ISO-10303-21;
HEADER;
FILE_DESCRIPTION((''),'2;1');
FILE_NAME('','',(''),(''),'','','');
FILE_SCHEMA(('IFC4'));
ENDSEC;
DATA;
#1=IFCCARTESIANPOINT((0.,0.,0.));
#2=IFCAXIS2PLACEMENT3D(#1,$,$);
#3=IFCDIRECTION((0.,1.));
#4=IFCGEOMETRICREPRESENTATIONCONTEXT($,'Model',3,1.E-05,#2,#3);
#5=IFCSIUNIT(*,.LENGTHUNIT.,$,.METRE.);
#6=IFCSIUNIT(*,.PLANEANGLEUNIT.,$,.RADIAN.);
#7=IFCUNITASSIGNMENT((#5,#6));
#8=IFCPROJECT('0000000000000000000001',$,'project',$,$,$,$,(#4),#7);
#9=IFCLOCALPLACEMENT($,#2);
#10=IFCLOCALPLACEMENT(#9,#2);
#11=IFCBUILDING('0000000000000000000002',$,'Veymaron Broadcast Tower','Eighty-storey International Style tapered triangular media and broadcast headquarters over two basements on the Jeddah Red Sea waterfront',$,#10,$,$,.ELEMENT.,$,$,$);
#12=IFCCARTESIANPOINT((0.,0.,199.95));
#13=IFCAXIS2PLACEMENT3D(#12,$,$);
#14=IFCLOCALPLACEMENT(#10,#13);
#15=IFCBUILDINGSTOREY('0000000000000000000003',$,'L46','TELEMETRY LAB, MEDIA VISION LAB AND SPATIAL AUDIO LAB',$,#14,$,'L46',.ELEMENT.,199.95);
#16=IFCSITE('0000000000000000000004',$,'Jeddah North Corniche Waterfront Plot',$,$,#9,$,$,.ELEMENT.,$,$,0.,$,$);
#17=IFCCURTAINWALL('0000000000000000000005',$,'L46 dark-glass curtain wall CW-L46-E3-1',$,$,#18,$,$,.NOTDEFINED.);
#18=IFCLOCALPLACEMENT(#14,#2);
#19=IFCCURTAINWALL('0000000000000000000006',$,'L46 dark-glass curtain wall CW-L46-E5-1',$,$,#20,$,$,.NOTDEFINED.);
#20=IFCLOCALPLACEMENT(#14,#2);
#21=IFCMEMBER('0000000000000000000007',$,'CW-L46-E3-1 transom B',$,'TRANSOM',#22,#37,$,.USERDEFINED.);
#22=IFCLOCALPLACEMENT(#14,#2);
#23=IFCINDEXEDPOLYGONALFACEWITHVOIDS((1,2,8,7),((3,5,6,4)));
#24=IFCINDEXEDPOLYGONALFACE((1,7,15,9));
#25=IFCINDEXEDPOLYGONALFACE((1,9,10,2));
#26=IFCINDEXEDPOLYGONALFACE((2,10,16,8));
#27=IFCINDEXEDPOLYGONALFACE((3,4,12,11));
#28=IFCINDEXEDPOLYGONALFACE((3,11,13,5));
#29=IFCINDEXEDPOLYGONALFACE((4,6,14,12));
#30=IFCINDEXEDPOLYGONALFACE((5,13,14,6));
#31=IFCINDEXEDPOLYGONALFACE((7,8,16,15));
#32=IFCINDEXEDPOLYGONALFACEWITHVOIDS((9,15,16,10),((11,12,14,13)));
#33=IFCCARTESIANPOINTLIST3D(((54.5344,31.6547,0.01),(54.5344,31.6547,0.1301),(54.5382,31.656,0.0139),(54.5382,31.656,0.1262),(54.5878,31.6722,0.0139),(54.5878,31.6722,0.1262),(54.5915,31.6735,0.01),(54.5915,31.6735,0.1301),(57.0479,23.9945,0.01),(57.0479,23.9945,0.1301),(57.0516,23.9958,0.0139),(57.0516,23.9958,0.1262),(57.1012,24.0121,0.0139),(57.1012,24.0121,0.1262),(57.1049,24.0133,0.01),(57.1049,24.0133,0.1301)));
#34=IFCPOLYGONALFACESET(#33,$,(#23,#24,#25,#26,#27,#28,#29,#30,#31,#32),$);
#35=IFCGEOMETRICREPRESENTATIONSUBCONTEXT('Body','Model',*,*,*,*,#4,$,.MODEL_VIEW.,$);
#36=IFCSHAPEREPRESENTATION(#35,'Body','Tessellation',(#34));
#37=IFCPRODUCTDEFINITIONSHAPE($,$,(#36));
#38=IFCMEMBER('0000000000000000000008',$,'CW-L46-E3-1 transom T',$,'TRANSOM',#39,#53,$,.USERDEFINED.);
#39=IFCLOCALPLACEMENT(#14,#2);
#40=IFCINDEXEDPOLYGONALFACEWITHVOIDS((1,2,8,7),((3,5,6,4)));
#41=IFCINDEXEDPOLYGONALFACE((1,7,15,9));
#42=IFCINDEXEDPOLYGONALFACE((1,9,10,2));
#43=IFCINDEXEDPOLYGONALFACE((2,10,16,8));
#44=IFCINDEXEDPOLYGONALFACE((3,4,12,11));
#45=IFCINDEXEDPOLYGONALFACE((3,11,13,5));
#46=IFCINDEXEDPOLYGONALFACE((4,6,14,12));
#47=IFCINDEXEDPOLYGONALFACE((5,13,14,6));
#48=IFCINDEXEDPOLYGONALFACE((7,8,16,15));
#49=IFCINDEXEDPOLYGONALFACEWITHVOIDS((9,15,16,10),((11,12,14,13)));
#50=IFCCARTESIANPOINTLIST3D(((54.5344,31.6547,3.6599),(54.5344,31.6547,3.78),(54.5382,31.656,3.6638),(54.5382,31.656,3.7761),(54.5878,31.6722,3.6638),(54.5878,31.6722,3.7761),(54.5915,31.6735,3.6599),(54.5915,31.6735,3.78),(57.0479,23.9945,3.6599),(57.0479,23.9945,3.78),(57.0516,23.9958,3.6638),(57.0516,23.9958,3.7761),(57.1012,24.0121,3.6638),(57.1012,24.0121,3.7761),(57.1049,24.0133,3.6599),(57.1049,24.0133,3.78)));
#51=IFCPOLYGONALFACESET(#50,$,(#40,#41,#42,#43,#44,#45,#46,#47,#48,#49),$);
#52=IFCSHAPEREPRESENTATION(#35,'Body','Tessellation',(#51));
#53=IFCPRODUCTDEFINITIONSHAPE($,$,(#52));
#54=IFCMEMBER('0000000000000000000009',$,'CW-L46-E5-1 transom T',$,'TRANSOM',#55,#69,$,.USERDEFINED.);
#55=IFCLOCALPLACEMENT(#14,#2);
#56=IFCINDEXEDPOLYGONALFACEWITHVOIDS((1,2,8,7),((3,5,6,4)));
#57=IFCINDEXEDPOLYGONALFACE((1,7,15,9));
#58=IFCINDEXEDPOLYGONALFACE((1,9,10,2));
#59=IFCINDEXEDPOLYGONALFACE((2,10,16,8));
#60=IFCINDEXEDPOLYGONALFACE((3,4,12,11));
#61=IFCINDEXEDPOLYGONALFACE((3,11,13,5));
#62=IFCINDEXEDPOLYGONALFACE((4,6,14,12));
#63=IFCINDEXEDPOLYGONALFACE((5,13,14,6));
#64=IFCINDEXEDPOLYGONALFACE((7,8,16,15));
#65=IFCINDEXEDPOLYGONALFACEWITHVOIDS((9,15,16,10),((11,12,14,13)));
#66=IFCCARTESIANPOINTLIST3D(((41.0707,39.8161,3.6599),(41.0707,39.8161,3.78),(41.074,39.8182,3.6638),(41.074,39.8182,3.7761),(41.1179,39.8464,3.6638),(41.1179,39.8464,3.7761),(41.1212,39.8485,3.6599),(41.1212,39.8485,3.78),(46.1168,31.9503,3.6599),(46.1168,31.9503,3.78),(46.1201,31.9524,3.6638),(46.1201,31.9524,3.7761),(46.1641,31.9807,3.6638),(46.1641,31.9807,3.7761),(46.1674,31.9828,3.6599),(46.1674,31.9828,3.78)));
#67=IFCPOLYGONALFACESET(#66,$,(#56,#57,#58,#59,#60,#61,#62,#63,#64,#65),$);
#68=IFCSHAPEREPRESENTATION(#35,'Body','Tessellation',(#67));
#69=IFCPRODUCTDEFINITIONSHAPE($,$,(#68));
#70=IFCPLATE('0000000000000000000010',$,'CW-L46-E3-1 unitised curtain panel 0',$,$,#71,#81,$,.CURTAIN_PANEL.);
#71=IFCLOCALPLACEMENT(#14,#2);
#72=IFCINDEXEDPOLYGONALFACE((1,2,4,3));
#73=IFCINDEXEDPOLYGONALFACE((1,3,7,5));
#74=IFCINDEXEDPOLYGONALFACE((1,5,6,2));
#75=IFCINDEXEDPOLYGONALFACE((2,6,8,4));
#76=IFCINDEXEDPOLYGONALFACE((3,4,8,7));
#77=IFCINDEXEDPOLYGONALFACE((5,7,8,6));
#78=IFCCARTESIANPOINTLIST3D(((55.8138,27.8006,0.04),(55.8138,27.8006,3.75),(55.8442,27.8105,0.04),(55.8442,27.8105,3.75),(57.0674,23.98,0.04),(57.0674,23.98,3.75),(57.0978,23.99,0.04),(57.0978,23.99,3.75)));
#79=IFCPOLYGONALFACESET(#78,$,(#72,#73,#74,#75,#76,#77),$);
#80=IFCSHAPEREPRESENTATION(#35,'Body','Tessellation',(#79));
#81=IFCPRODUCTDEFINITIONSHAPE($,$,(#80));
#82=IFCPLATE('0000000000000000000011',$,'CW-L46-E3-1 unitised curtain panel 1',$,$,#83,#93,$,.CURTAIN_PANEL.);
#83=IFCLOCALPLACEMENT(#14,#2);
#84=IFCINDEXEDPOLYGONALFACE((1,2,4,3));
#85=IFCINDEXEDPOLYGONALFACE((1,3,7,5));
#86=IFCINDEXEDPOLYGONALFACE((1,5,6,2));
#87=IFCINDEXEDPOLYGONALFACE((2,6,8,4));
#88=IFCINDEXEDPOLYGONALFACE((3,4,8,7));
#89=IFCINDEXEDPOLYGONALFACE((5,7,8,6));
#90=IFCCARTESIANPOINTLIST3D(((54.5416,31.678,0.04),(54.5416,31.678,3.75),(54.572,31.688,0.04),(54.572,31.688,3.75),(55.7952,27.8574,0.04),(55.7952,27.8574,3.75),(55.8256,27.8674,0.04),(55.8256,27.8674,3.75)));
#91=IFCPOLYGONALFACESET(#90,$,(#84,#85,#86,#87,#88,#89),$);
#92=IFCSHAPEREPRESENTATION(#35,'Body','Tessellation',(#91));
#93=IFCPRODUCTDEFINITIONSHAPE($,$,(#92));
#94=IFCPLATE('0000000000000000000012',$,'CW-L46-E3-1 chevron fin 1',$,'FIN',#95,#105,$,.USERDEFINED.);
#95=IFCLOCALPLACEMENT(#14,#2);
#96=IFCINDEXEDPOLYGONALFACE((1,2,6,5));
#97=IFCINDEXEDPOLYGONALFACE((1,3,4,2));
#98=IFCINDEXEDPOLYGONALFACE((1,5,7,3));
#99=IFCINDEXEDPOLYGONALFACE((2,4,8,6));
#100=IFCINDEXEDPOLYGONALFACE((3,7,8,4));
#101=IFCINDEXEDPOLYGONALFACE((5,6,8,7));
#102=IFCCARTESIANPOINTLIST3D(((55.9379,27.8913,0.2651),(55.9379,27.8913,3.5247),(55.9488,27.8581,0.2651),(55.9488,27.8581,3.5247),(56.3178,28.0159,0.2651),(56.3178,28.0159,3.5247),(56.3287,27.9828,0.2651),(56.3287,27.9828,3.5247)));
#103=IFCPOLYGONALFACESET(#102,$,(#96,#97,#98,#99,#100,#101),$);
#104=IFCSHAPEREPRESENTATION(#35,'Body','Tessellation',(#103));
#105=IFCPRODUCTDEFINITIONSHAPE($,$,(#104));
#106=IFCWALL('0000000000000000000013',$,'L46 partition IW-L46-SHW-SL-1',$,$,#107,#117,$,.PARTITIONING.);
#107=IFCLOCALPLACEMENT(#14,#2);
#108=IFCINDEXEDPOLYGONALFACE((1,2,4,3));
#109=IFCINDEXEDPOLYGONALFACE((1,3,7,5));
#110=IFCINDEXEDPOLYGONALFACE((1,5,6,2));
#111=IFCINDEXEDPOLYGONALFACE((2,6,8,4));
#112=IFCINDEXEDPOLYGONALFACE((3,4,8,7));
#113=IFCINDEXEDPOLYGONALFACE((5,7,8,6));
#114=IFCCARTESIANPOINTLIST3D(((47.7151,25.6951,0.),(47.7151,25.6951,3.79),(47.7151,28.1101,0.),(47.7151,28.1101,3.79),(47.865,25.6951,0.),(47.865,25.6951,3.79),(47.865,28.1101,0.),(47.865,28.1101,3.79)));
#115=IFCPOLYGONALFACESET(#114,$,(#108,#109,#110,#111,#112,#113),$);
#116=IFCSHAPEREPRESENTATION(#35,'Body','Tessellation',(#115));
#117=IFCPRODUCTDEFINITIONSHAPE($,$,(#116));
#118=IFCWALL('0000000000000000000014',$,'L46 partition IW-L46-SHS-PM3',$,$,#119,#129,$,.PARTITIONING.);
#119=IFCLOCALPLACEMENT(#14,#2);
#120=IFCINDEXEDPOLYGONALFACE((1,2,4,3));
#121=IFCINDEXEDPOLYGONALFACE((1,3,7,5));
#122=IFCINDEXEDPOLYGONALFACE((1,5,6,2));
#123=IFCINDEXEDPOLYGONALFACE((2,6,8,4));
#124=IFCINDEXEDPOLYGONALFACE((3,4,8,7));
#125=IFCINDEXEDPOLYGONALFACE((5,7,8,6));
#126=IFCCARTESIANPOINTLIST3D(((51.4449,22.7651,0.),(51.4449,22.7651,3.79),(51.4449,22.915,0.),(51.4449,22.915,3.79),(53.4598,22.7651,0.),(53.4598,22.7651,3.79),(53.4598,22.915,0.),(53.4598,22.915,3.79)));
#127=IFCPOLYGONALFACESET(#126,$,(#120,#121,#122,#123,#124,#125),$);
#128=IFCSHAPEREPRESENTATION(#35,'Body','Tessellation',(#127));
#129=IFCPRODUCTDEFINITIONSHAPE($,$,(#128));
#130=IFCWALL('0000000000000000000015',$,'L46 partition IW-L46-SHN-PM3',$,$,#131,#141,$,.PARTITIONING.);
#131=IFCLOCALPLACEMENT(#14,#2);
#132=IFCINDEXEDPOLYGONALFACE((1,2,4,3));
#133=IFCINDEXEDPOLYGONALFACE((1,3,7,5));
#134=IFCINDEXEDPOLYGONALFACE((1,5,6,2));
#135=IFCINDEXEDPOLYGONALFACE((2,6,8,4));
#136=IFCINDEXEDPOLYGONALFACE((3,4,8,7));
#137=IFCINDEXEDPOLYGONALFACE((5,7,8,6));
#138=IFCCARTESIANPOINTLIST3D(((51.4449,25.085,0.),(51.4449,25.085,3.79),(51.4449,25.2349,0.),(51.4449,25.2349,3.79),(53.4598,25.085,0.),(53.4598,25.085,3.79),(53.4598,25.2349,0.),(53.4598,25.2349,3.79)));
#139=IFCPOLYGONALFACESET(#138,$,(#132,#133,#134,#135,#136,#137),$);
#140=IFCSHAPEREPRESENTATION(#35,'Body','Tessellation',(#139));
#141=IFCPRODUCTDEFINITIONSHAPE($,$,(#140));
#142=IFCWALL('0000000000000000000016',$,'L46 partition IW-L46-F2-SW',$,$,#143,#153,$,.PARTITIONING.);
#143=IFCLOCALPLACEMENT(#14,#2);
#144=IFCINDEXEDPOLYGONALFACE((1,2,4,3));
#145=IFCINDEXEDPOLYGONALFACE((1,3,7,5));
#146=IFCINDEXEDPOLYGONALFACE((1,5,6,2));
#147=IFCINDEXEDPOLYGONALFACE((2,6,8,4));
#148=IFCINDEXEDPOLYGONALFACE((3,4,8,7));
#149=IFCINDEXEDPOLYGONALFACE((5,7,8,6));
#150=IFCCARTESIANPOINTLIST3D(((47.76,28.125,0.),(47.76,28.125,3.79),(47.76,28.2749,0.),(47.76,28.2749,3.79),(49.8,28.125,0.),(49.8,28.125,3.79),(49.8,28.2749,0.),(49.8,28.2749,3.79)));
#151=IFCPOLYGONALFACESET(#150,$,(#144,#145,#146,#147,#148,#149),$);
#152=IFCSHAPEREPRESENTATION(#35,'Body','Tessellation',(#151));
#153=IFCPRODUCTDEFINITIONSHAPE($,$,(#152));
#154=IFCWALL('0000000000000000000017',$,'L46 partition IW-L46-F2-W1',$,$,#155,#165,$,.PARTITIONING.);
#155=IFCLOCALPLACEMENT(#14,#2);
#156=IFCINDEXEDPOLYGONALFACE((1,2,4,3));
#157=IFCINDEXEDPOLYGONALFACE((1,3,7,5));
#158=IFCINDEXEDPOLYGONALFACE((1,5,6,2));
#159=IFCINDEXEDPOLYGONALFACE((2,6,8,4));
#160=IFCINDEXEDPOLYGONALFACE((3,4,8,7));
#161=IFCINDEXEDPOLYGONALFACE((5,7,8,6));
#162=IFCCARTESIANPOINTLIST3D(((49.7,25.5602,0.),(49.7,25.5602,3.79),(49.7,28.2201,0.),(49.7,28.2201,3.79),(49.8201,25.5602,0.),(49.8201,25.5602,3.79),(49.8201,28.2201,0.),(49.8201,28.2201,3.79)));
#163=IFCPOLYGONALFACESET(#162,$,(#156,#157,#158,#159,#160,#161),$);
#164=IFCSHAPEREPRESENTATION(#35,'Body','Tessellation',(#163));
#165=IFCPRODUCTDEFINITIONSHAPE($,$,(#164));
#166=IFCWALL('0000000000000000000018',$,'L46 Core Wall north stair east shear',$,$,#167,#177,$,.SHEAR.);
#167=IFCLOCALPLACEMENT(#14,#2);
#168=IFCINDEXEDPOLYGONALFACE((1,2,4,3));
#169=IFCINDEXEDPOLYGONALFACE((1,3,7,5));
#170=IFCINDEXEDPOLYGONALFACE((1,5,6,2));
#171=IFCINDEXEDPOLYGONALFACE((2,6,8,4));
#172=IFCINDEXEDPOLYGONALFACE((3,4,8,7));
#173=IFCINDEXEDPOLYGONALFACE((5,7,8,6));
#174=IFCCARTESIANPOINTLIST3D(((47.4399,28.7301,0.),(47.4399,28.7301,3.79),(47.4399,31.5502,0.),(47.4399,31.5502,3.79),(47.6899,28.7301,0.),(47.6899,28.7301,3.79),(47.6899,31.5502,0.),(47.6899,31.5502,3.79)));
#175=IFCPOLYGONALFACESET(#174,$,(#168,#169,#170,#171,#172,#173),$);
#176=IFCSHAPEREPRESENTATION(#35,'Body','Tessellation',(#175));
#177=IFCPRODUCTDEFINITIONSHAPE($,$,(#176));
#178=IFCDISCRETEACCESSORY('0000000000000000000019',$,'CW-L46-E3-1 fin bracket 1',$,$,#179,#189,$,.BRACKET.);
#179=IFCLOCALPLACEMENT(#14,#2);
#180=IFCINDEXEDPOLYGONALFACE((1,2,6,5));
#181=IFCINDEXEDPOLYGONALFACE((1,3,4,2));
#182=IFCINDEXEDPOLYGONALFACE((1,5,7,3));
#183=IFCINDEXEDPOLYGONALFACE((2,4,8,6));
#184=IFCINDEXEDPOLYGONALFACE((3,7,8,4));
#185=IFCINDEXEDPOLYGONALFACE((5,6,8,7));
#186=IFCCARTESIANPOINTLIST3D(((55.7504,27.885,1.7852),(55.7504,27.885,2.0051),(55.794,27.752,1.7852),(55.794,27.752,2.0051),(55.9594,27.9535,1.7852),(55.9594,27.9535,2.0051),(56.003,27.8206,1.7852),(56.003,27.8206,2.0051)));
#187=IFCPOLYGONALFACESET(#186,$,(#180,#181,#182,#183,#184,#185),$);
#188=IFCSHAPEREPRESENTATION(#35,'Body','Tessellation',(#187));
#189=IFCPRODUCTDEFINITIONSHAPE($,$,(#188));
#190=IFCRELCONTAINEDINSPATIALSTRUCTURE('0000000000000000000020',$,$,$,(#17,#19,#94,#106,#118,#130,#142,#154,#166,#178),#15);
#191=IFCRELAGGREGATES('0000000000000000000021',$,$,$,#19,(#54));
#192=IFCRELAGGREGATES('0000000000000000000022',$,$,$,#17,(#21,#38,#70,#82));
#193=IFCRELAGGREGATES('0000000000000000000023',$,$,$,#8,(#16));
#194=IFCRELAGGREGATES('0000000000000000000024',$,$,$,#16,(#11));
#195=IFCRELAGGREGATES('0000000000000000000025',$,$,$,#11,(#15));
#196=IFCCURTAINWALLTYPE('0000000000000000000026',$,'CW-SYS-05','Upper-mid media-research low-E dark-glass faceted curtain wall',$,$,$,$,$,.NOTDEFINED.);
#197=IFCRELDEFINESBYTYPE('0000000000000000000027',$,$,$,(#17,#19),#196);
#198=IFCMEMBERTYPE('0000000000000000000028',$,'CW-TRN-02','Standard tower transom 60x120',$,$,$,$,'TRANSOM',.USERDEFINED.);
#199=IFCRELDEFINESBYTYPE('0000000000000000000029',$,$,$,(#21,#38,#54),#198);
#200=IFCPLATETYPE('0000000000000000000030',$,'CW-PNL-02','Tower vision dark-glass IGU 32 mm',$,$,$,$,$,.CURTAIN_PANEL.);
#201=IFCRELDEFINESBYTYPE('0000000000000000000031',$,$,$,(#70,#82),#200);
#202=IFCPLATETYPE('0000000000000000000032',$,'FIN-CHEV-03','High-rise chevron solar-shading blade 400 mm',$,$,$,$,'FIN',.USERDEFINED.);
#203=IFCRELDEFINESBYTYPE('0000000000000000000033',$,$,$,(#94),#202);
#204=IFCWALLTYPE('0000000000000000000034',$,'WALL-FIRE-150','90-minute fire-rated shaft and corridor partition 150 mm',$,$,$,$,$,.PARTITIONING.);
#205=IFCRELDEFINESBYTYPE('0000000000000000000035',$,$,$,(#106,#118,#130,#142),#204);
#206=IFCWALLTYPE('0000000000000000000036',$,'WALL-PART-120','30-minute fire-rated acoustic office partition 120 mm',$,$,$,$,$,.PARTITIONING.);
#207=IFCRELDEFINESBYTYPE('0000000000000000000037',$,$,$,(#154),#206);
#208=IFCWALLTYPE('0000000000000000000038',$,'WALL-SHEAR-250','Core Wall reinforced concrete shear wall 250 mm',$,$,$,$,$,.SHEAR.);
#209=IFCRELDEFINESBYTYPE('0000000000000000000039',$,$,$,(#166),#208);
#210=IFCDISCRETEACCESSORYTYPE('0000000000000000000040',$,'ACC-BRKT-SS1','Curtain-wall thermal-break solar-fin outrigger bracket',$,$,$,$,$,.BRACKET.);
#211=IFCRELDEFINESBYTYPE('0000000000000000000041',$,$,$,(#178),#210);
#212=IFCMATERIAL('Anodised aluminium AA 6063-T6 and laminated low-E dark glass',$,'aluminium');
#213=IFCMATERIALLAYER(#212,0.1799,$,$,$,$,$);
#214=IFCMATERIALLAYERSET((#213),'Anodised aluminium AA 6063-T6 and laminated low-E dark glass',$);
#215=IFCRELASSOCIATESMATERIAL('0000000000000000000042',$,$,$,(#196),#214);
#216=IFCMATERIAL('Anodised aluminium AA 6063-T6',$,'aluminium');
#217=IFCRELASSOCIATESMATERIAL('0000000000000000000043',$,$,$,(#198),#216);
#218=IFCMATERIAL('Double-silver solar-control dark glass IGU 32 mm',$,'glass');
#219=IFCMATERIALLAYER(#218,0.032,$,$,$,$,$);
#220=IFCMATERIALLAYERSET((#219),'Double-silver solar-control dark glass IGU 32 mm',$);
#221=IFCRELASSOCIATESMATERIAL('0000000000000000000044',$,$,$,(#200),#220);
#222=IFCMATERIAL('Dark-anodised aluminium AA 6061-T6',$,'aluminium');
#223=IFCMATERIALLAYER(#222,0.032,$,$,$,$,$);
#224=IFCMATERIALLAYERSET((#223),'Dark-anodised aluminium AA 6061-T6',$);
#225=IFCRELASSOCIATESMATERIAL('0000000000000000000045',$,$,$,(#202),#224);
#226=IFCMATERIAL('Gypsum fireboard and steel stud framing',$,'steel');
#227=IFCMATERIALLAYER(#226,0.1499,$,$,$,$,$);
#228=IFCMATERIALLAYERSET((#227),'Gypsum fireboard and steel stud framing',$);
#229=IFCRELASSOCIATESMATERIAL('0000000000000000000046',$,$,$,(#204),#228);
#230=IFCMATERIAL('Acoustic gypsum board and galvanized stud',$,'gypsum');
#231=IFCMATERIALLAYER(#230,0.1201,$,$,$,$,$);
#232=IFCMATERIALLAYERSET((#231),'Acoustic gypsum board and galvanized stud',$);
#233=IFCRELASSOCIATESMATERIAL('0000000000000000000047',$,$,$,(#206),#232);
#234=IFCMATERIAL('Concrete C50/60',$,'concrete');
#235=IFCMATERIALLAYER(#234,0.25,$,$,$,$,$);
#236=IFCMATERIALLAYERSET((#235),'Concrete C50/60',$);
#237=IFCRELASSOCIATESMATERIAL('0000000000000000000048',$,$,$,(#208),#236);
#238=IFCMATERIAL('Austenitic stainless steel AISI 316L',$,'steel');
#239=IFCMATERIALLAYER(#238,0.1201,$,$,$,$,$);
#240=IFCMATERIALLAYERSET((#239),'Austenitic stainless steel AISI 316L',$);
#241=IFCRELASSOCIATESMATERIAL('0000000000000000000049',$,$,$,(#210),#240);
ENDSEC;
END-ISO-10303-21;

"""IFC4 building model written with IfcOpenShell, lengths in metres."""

from ifc_helpers import new_model, si_unit, direction, frame, frame_2d, origin, origin_2d, place, context, subcontext, project, spatial, rectangle, hollow_rectangle, extrude, material, layer, layer_set, material_profile, profile_set, type_object, element, aggregate, save


model = new_model("IFC4")

# Units and contexts
model_context = context("Model", 3, precision=1e-05, world=origin(), true_north=direction((0.0, 1.0)))
body_context = subcontext(model_context, "Body", "Model", "MODEL_VIEW")
ifc_project = project(units=[si_unit("LENGTHUNIT", "METRE"), si_unit("PLANEANGLEUNIT", "RADIAN")], contexts=[model_context])

# Site, building, storey
site_placement = place(None, origin())
site = spatial("IfcSite", under=ifc_project, at=site_placement, Name="Jeddah North Corniche Waterfront Plot", CompositionType="ELEMENT", RefElevation=0.0)
building_placement = place(site_placement, origin())
building = spatial("IfcBuilding", under=site, at=building_placement, Name="Veymaron Broadcast Tower", Description="Eighty-storey International Style tapered triangular media and broadcast headquarters over two basements on the Jeddah Red Sea waterfront", CompositionType="ELEMENT")
storey_placement = place(building_placement, frame((0.0, 0.0, 199.95)))
storey = spatial("IfcBuildingStorey", under=building, at=storey_placement, Name="L46", Description="TELEMETRY LAB, MEDIA VISION LAB AND SPATIAL AUDIO LAB", LongName="L46", CompositionType="ELEMENT", Elevation=199.95)

# Shared definitions
ifc_material_1 = material(Name="Anodised aluminium AA 6063-T6 and laminated low-E dark glass", Category="aluminium")
ifc_layer_1 = layer(ifc_material_1, 0.1799)
ifc_layer_set_1 = layer_set([ifc_layer_1], Name="Anodised aluminium AA 6063-T6 and laminated low-E dark glass")
curtain_wall_type = type_object("IfcCurtainWallType", Name="CW-SYS-05", Description="Upper-mid media-research low-E dark-glass faceted curtain wall", PredefinedType="NOTDEFINED", material=ifc_layer_set_1)
ifc_material_2 = material(Name="Anodised aluminium AA 6063-T6", Category="aluminium")

# Curtain wall
curtain_wall_1_placement = place(storey_placement, origin())
curtain_wall_1 = element("IfcCurtainWall", 1, at=curtain_wall_1_placement, inside=storey, type_object=curtain_wall_type, Name="L46 dark-glass curtain wall CW-L46-E3-1", PredefinedType="NOTDEFINED")

# Curtain wall
curtain_wall_2_placement = place(storey_placement, origin())
curtain_wall_2 = element("IfcCurtainWall", 2, at=curtain_wall_2_placement, inside=storey, type_object=curtain_wall_type, Name="L46 dark-glass curtain wall CW-L46-E5-1", PredefinedType="NOTDEFINED")

# Members
ifc_material_profile_1 = material_profile(ifc_material_2, hollow_rectangle(XDim=0.0601, YDim=0.1201, WallThickness=0.0039, at=origin_2d()), Name="AL120X60X4")
ifc_profile_set_1 = profile_set([ifc_material_profile_1], Name="Anodised aluminium AA 6063-T6")
member_type_1 = type_object("IfcMemberType", Name="CW-TRN-02", Description="Standard tower transom 60x120", ElementType="TRANSOM", PredefinedType="USERDEFINED", material=ifc_profile_set_1)
member_1_placement = place(storey_placement, frame((57.0764, 24.0039, 0.0701), z_axis=(-0.311764, 0.95016, 0.0), x_axis=(-0.95016, -0.311764, 0.0)))
member_1 = element("IfcMember", 3, at=member_1_placement, type_object=member_type_1, Name="CW-L46-E3-1 transom B", ObjectType="TRANSOM", PredefinedType="USERDEFINED", context=body_context, shape_type="SweptSolid", body=[
    extrude(hollow_rectangle(XDim=0.0601, YDim=0.1201, WallThickness=0.0039, at=origin_2d()), origin(), (0.0, 0.0, 1.0), 8.062),
])
member_2_placement = place(storey_placement, frame((57.0764, 24.0039, 3.72), z_axis=(-0.311764, 0.95016, 0.0), x_axis=(-0.95016, -0.311764, 0.0)))
member_2 = element("IfcMember", 4, at=member_2_placement, type_object=member_type_1, Name="CW-L46-E3-1 transom T", ObjectType="TRANSOM", PredefinedType="USERDEFINED", context=body_context, shape_type="SweptSolid", body=[
    extrude(hollow_rectangle(XDim=0.0601, YDim=0.1201, WallThickness=0.0039, at=origin_2d()), origin(), (0.0, 0.0, 1.0), 8.062),
])
member_3_placement = place(storey_placement, frame((46.1421, 31.9666, 3.72), z_axis=(-0.53997, 0.841684, 0.0), x_axis=(-0.841684, -0.53997, 0.0)))
member_3 = element("IfcMember", 5, at=member_3_placement, type_object=member_type_1, Name="CW-L46-E5-1 transom T", ObjectType="TRANSOM", PredefinedType="USERDEFINED", context=body_context, shape_type="SweptSolid", body=[
    extrude(hollow_rectangle(XDim=0.0601, YDim=0.1201, WallThickness=0.0039, at=origin_2d()), origin(), (0.0, 0.0, 1.0), 9.3452),
])
aggregate(curtain_wall_2, [member_3])

# Plates
ifc_material_3 = material(Name="Double-silver solar-control dark glass IGU 32 mm", Category="glass")
ifc_layer_2 = layer(ifc_material_3, 0.032)
ifc_layer_set_2 = layer_set([ifc_layer_2], Name="Double-silver solar-control dark glass IGU 32 mm")
plate_type_1 = type_object("IfcPlateType", Name="CW-PNL-02", Description="Tower vision dark-glass IGU 32 mm", PredefinedType="CURTAIN_PANEL", material=ifc_layer_set_2)
plate_1_placement = place(storey_placement, frame((56.4558, 25.8953, 0.04), z_axis=(0.0, 0.0, 1.0), x_axis=(-0.311771, 0.950157, 0.0)))
plate_1 = element("IfcPlate", 6, at=plate_1_placement, type_object=plate_type_1, Name="CW-L46-E3-1 unitised curtain panel 0", PredefinedType="CURTAIN_PANEL", context=body_context, shape_type="SweptSolid", body=[
    extrude(rectangle(XDim=4.021, YDim=0.032, at=origin_2d()), origin(), (0.0, 0.0, 1.0), 3.71),
])
plate_2_placement = place(storey_placement, frame((55.1836, 29.7727, 0.04), z_axis=(0.0, 0.0, 1.0), x_axis=(-0.311771, 0.950157, 0.0)))
plate_2 = element("IfcPlate", 7, at=plate_2_placement, type_object=plate_type_1, Name="CW-L46-E3-1 unitised curtain panel 1", PredefinedType="CURTAIN_PANEL", context=body_context, shape_type="SweptSolid", body=[
    extrude(rectangle(XDim=4.021, YDim=0.032, at=origin_2d()), origin(), (0.0, 0.0, 1.0), 3.71),
])
aggregate(curtain_wall_1, [member_1, member_2, plate_1, plate_2])
ifc_material_4 = material(Name="Dark-anodised aluminium AA 6061-T6", Category="aluminium")
ifc_layer_3 = layer(ifc_material_4, 0.032)
ifc_layer_set_3 = layer_set([ifc_layer_3], Name="Dark-anodised aluminium AA 6061-T6")
plate_type_2 = type_object("IfcPlateType", Name="FIN-CHEV-03", Description="High-rise chevron solar-shading blade 400 mm", ElementType="FIN", PredefinedType="USERDEFINED", material=ifc_layer_set_3)
plate_3_placement = place(storey_placement, frame((56.1333, 27.937, 0.2651), z_axis=(0.0, 0.0, 1.0), x_axis=(0.950157, 0.311771, 0.0)))
element("IfcPlate", 8, at=plate_3_placement, inside=storey, type_object=plate_type_2, Name="CW-L46-E3-1 chevron fin 1", ObjectType="FIN", PredefinedType="USERDEFINED", context=body_context, shape_type="SweptSolid", body=[
    extrude(rectangle(XDim=0.3999, YDim=0.0349, at=origin_2d()), origin(), (0.0, 0.0, 1.0), 3.2595),
])

# Shared definitions
ifc_material_5 = material(Name="Gypsum fireboard and steel stud framing", Category="steel")
ifc_layer_4 = layer(ifc_material_5, 0.1499)
ifc_layer_set_4 = layer_set([ifc_layer_4], Name="Gypsum fireboard and steel stud framing")
wall_type_1 = type_object("IfcWallType", Name="WALL-FIRE-150", Description="90-minute fire-rated shaft and corridor partition 150 mm", PredefinedType="PARTITIONING", material=ifc_layer_set_4)

# Walls
wall_1_placement = place(storey_placement, frame((47.79, 25.6951, 0.0), z_axis=(0.0, 0.0, 1.0), x_axis=(0.0, 1.0, 0.0)))
element("IfcWall", 9, at=wall_1_placement, inside=storey, type_object=wall_type_1, Name="L46 partition IW-L46-SHW-SL-1", PredefinedType="PARTITIONING", context=body_context, shape_type="SweptSolid", body=[
    extrude(rectangle(XDim=2.415, YDim=0.1499, at=frame_2d((1.2075, 0.0))), origin(), (0.0, 0.0, 1.0), 3.79),
])
for number, where, z_axis, x_axis, name in (
    (10, (51.4451, 22.8401, 0.0), (0.0, 0.0, 1.0), (1.0, 0.0, 0.0), "L46 partition IW-L46-SHS-PM3"),
    (11, (51.4451, 25.1599, 0.0), (0.0, 0.0, 1.0), (1.0, 0.0, 0.0), "L46 partition IW-L46-SHN-PM3"),
):
    element("IfcWall", number, at=place(storey_placement, frame(where, z_axis=z_axis, x_axis=x_axis)), inside=storey, type_object=wall_type_1, Name=name, PredefinedType="PARTITIONING", context=body_context, shape_type="SweptSolid", body=[
        extrude(rectangle(XDim=2.0149, YDim=0.1499, at=frame_2d((1.0073, 0.0))), origin(), (0.0, 0.0, 1.0), 3.79),
    ])
wall_2_placement = place(storey_placement, frame((47.76, 28.2, 0.0), z_axis=(0.0, 0.0, 1.0), x_axis=(1.0, 0.0, 0.0)))
element("IfcWall", 12, at=wall_2_placement, inside=storey, type_object=wall_type_1, Name="L46 partition IW-L46-F2-SW", PredefinedType="PARTITIONING", context=body_context, shape_type="SweptSolid", body=[
    extrude(rectangle(XDim=2.04, YDim=0.1499, at=frame_2d((1.02, 0.0))), origin(), (0.0, 0.0, 1.0), 3.79),
])
ifc_material_6 = material(Name="Acoustic gypsum board and galvanized stud", Category="gypsum")
ifc_layer_5 = layer(ifc_material_6, 0.1201)
ifc_layer_set_5 = layer_set([ifc_layer_5], Name="Acoustic gypsum board and galvanized stud")
wall_type_2 = type_object("IfcWallType", Name="WALL-PART-120", Description="30-minute fire-rated acoustic office partition 120 mm", PredefinedType="PARTITIONING", material=ifc_layer_set_5)
wall_3_placement = place(storey_placement, frame((49.76, 25.5601, 0.0), z_axis=(0.0, 0.0, 1.0), x_axis=(0.0, 1.0, 0.0)))
element("IfcWall", 13, at=wall_3_placement, inside=storey, type_object=wall_type_2, Name="L46 partition IW-L46-F2-W1", PredefinedType="PARTITIONING", context=body_context, shape_type="SweptSolid", body=[
    extrude(rectangle(XDim=2.6599, YDim=0.1201, at=frame_2d((1.3301, 0.0))), origin(), (0.0, 0.0, 1.0), 3.79),
])

# Wall
ifc_material_7 = material(Name="Concrete C50/60", Category="concrete")
ifc_layer_6 = layer(ifc_material_7, 0.25)
ifc_layer_set_6 = layer_set([ifc_layer_6], Name="Concrete C50/60")
wall_type_3 = type_object("IfcWallType", Name="WALL-SHEAR-250", Description="Core Wall reinforced concrete shear wall 250 mm", PredefinedType="SHEAR", material=ifc_layer_set_6)
wall_4_placement = place(storey_placement, frame((47.5649, 28.73, 0.0), z_axis=(0.0, 0.0, 1.0), x_axis=(0.0, 1.0, 0.0)))
element("IfcWall", 14, at=wall_4_placement, inside=storey, type_object=wall_type_3, Name="L46 Core Wall north stair east shear", PredefinedType="SHEAR", context=body_context, shape_type="SweptSolid", body=[
    extrude(rectangle(XDim=2.8201, YDim=0.25, at=frame_2d((1.4102, 0.0))), origin(), (0.0, 0.0, 1.0), 3.79),
])

# Discrete accessory
ifc_material_8 = material(Name="Austenitic stainless steel AISI 316L", Category="steel")
ifc_layer_7 = layer(ifc_material_8, 0.1201)
ifc_layer_set_7 = layer_set([ifc_layer_7], Name="Austenitic stainless steel AISI 316L")
discrete_accessory_type = type_object("IfcDiscreteAccessoryType", Name="ACC-BRKT-SS1", Description="Curtain-wall thermal-break solar-fin outrigger bracket", PredefinedType="BRACKET", material=ifc_layer_set_7)
discrete_accessory_placement = place(storey_placement, frame((55.8767, 27.8528, 1.7852), z_axis=(0.0, 0.0, 1.0), x_axis=(0.950157, 0.311771, 0.0)))
element("IfcDiscreteAccessory", 15, at=discrete_accessory_placement, inside=storey, type_object=discrete_accessory_type, Name="CW-L46-E3-1 fin bracket 1", PredefinedType="BRACKET", context=body_context, shape_type="SweptSolid", body=[
    extrude(rectangle(XDim=0.22, YDim=0.1399, at=origin_2d()), origin(), (0.0, 0.0, 1.0), 0.22),
])

save(model, "model.ifc")
